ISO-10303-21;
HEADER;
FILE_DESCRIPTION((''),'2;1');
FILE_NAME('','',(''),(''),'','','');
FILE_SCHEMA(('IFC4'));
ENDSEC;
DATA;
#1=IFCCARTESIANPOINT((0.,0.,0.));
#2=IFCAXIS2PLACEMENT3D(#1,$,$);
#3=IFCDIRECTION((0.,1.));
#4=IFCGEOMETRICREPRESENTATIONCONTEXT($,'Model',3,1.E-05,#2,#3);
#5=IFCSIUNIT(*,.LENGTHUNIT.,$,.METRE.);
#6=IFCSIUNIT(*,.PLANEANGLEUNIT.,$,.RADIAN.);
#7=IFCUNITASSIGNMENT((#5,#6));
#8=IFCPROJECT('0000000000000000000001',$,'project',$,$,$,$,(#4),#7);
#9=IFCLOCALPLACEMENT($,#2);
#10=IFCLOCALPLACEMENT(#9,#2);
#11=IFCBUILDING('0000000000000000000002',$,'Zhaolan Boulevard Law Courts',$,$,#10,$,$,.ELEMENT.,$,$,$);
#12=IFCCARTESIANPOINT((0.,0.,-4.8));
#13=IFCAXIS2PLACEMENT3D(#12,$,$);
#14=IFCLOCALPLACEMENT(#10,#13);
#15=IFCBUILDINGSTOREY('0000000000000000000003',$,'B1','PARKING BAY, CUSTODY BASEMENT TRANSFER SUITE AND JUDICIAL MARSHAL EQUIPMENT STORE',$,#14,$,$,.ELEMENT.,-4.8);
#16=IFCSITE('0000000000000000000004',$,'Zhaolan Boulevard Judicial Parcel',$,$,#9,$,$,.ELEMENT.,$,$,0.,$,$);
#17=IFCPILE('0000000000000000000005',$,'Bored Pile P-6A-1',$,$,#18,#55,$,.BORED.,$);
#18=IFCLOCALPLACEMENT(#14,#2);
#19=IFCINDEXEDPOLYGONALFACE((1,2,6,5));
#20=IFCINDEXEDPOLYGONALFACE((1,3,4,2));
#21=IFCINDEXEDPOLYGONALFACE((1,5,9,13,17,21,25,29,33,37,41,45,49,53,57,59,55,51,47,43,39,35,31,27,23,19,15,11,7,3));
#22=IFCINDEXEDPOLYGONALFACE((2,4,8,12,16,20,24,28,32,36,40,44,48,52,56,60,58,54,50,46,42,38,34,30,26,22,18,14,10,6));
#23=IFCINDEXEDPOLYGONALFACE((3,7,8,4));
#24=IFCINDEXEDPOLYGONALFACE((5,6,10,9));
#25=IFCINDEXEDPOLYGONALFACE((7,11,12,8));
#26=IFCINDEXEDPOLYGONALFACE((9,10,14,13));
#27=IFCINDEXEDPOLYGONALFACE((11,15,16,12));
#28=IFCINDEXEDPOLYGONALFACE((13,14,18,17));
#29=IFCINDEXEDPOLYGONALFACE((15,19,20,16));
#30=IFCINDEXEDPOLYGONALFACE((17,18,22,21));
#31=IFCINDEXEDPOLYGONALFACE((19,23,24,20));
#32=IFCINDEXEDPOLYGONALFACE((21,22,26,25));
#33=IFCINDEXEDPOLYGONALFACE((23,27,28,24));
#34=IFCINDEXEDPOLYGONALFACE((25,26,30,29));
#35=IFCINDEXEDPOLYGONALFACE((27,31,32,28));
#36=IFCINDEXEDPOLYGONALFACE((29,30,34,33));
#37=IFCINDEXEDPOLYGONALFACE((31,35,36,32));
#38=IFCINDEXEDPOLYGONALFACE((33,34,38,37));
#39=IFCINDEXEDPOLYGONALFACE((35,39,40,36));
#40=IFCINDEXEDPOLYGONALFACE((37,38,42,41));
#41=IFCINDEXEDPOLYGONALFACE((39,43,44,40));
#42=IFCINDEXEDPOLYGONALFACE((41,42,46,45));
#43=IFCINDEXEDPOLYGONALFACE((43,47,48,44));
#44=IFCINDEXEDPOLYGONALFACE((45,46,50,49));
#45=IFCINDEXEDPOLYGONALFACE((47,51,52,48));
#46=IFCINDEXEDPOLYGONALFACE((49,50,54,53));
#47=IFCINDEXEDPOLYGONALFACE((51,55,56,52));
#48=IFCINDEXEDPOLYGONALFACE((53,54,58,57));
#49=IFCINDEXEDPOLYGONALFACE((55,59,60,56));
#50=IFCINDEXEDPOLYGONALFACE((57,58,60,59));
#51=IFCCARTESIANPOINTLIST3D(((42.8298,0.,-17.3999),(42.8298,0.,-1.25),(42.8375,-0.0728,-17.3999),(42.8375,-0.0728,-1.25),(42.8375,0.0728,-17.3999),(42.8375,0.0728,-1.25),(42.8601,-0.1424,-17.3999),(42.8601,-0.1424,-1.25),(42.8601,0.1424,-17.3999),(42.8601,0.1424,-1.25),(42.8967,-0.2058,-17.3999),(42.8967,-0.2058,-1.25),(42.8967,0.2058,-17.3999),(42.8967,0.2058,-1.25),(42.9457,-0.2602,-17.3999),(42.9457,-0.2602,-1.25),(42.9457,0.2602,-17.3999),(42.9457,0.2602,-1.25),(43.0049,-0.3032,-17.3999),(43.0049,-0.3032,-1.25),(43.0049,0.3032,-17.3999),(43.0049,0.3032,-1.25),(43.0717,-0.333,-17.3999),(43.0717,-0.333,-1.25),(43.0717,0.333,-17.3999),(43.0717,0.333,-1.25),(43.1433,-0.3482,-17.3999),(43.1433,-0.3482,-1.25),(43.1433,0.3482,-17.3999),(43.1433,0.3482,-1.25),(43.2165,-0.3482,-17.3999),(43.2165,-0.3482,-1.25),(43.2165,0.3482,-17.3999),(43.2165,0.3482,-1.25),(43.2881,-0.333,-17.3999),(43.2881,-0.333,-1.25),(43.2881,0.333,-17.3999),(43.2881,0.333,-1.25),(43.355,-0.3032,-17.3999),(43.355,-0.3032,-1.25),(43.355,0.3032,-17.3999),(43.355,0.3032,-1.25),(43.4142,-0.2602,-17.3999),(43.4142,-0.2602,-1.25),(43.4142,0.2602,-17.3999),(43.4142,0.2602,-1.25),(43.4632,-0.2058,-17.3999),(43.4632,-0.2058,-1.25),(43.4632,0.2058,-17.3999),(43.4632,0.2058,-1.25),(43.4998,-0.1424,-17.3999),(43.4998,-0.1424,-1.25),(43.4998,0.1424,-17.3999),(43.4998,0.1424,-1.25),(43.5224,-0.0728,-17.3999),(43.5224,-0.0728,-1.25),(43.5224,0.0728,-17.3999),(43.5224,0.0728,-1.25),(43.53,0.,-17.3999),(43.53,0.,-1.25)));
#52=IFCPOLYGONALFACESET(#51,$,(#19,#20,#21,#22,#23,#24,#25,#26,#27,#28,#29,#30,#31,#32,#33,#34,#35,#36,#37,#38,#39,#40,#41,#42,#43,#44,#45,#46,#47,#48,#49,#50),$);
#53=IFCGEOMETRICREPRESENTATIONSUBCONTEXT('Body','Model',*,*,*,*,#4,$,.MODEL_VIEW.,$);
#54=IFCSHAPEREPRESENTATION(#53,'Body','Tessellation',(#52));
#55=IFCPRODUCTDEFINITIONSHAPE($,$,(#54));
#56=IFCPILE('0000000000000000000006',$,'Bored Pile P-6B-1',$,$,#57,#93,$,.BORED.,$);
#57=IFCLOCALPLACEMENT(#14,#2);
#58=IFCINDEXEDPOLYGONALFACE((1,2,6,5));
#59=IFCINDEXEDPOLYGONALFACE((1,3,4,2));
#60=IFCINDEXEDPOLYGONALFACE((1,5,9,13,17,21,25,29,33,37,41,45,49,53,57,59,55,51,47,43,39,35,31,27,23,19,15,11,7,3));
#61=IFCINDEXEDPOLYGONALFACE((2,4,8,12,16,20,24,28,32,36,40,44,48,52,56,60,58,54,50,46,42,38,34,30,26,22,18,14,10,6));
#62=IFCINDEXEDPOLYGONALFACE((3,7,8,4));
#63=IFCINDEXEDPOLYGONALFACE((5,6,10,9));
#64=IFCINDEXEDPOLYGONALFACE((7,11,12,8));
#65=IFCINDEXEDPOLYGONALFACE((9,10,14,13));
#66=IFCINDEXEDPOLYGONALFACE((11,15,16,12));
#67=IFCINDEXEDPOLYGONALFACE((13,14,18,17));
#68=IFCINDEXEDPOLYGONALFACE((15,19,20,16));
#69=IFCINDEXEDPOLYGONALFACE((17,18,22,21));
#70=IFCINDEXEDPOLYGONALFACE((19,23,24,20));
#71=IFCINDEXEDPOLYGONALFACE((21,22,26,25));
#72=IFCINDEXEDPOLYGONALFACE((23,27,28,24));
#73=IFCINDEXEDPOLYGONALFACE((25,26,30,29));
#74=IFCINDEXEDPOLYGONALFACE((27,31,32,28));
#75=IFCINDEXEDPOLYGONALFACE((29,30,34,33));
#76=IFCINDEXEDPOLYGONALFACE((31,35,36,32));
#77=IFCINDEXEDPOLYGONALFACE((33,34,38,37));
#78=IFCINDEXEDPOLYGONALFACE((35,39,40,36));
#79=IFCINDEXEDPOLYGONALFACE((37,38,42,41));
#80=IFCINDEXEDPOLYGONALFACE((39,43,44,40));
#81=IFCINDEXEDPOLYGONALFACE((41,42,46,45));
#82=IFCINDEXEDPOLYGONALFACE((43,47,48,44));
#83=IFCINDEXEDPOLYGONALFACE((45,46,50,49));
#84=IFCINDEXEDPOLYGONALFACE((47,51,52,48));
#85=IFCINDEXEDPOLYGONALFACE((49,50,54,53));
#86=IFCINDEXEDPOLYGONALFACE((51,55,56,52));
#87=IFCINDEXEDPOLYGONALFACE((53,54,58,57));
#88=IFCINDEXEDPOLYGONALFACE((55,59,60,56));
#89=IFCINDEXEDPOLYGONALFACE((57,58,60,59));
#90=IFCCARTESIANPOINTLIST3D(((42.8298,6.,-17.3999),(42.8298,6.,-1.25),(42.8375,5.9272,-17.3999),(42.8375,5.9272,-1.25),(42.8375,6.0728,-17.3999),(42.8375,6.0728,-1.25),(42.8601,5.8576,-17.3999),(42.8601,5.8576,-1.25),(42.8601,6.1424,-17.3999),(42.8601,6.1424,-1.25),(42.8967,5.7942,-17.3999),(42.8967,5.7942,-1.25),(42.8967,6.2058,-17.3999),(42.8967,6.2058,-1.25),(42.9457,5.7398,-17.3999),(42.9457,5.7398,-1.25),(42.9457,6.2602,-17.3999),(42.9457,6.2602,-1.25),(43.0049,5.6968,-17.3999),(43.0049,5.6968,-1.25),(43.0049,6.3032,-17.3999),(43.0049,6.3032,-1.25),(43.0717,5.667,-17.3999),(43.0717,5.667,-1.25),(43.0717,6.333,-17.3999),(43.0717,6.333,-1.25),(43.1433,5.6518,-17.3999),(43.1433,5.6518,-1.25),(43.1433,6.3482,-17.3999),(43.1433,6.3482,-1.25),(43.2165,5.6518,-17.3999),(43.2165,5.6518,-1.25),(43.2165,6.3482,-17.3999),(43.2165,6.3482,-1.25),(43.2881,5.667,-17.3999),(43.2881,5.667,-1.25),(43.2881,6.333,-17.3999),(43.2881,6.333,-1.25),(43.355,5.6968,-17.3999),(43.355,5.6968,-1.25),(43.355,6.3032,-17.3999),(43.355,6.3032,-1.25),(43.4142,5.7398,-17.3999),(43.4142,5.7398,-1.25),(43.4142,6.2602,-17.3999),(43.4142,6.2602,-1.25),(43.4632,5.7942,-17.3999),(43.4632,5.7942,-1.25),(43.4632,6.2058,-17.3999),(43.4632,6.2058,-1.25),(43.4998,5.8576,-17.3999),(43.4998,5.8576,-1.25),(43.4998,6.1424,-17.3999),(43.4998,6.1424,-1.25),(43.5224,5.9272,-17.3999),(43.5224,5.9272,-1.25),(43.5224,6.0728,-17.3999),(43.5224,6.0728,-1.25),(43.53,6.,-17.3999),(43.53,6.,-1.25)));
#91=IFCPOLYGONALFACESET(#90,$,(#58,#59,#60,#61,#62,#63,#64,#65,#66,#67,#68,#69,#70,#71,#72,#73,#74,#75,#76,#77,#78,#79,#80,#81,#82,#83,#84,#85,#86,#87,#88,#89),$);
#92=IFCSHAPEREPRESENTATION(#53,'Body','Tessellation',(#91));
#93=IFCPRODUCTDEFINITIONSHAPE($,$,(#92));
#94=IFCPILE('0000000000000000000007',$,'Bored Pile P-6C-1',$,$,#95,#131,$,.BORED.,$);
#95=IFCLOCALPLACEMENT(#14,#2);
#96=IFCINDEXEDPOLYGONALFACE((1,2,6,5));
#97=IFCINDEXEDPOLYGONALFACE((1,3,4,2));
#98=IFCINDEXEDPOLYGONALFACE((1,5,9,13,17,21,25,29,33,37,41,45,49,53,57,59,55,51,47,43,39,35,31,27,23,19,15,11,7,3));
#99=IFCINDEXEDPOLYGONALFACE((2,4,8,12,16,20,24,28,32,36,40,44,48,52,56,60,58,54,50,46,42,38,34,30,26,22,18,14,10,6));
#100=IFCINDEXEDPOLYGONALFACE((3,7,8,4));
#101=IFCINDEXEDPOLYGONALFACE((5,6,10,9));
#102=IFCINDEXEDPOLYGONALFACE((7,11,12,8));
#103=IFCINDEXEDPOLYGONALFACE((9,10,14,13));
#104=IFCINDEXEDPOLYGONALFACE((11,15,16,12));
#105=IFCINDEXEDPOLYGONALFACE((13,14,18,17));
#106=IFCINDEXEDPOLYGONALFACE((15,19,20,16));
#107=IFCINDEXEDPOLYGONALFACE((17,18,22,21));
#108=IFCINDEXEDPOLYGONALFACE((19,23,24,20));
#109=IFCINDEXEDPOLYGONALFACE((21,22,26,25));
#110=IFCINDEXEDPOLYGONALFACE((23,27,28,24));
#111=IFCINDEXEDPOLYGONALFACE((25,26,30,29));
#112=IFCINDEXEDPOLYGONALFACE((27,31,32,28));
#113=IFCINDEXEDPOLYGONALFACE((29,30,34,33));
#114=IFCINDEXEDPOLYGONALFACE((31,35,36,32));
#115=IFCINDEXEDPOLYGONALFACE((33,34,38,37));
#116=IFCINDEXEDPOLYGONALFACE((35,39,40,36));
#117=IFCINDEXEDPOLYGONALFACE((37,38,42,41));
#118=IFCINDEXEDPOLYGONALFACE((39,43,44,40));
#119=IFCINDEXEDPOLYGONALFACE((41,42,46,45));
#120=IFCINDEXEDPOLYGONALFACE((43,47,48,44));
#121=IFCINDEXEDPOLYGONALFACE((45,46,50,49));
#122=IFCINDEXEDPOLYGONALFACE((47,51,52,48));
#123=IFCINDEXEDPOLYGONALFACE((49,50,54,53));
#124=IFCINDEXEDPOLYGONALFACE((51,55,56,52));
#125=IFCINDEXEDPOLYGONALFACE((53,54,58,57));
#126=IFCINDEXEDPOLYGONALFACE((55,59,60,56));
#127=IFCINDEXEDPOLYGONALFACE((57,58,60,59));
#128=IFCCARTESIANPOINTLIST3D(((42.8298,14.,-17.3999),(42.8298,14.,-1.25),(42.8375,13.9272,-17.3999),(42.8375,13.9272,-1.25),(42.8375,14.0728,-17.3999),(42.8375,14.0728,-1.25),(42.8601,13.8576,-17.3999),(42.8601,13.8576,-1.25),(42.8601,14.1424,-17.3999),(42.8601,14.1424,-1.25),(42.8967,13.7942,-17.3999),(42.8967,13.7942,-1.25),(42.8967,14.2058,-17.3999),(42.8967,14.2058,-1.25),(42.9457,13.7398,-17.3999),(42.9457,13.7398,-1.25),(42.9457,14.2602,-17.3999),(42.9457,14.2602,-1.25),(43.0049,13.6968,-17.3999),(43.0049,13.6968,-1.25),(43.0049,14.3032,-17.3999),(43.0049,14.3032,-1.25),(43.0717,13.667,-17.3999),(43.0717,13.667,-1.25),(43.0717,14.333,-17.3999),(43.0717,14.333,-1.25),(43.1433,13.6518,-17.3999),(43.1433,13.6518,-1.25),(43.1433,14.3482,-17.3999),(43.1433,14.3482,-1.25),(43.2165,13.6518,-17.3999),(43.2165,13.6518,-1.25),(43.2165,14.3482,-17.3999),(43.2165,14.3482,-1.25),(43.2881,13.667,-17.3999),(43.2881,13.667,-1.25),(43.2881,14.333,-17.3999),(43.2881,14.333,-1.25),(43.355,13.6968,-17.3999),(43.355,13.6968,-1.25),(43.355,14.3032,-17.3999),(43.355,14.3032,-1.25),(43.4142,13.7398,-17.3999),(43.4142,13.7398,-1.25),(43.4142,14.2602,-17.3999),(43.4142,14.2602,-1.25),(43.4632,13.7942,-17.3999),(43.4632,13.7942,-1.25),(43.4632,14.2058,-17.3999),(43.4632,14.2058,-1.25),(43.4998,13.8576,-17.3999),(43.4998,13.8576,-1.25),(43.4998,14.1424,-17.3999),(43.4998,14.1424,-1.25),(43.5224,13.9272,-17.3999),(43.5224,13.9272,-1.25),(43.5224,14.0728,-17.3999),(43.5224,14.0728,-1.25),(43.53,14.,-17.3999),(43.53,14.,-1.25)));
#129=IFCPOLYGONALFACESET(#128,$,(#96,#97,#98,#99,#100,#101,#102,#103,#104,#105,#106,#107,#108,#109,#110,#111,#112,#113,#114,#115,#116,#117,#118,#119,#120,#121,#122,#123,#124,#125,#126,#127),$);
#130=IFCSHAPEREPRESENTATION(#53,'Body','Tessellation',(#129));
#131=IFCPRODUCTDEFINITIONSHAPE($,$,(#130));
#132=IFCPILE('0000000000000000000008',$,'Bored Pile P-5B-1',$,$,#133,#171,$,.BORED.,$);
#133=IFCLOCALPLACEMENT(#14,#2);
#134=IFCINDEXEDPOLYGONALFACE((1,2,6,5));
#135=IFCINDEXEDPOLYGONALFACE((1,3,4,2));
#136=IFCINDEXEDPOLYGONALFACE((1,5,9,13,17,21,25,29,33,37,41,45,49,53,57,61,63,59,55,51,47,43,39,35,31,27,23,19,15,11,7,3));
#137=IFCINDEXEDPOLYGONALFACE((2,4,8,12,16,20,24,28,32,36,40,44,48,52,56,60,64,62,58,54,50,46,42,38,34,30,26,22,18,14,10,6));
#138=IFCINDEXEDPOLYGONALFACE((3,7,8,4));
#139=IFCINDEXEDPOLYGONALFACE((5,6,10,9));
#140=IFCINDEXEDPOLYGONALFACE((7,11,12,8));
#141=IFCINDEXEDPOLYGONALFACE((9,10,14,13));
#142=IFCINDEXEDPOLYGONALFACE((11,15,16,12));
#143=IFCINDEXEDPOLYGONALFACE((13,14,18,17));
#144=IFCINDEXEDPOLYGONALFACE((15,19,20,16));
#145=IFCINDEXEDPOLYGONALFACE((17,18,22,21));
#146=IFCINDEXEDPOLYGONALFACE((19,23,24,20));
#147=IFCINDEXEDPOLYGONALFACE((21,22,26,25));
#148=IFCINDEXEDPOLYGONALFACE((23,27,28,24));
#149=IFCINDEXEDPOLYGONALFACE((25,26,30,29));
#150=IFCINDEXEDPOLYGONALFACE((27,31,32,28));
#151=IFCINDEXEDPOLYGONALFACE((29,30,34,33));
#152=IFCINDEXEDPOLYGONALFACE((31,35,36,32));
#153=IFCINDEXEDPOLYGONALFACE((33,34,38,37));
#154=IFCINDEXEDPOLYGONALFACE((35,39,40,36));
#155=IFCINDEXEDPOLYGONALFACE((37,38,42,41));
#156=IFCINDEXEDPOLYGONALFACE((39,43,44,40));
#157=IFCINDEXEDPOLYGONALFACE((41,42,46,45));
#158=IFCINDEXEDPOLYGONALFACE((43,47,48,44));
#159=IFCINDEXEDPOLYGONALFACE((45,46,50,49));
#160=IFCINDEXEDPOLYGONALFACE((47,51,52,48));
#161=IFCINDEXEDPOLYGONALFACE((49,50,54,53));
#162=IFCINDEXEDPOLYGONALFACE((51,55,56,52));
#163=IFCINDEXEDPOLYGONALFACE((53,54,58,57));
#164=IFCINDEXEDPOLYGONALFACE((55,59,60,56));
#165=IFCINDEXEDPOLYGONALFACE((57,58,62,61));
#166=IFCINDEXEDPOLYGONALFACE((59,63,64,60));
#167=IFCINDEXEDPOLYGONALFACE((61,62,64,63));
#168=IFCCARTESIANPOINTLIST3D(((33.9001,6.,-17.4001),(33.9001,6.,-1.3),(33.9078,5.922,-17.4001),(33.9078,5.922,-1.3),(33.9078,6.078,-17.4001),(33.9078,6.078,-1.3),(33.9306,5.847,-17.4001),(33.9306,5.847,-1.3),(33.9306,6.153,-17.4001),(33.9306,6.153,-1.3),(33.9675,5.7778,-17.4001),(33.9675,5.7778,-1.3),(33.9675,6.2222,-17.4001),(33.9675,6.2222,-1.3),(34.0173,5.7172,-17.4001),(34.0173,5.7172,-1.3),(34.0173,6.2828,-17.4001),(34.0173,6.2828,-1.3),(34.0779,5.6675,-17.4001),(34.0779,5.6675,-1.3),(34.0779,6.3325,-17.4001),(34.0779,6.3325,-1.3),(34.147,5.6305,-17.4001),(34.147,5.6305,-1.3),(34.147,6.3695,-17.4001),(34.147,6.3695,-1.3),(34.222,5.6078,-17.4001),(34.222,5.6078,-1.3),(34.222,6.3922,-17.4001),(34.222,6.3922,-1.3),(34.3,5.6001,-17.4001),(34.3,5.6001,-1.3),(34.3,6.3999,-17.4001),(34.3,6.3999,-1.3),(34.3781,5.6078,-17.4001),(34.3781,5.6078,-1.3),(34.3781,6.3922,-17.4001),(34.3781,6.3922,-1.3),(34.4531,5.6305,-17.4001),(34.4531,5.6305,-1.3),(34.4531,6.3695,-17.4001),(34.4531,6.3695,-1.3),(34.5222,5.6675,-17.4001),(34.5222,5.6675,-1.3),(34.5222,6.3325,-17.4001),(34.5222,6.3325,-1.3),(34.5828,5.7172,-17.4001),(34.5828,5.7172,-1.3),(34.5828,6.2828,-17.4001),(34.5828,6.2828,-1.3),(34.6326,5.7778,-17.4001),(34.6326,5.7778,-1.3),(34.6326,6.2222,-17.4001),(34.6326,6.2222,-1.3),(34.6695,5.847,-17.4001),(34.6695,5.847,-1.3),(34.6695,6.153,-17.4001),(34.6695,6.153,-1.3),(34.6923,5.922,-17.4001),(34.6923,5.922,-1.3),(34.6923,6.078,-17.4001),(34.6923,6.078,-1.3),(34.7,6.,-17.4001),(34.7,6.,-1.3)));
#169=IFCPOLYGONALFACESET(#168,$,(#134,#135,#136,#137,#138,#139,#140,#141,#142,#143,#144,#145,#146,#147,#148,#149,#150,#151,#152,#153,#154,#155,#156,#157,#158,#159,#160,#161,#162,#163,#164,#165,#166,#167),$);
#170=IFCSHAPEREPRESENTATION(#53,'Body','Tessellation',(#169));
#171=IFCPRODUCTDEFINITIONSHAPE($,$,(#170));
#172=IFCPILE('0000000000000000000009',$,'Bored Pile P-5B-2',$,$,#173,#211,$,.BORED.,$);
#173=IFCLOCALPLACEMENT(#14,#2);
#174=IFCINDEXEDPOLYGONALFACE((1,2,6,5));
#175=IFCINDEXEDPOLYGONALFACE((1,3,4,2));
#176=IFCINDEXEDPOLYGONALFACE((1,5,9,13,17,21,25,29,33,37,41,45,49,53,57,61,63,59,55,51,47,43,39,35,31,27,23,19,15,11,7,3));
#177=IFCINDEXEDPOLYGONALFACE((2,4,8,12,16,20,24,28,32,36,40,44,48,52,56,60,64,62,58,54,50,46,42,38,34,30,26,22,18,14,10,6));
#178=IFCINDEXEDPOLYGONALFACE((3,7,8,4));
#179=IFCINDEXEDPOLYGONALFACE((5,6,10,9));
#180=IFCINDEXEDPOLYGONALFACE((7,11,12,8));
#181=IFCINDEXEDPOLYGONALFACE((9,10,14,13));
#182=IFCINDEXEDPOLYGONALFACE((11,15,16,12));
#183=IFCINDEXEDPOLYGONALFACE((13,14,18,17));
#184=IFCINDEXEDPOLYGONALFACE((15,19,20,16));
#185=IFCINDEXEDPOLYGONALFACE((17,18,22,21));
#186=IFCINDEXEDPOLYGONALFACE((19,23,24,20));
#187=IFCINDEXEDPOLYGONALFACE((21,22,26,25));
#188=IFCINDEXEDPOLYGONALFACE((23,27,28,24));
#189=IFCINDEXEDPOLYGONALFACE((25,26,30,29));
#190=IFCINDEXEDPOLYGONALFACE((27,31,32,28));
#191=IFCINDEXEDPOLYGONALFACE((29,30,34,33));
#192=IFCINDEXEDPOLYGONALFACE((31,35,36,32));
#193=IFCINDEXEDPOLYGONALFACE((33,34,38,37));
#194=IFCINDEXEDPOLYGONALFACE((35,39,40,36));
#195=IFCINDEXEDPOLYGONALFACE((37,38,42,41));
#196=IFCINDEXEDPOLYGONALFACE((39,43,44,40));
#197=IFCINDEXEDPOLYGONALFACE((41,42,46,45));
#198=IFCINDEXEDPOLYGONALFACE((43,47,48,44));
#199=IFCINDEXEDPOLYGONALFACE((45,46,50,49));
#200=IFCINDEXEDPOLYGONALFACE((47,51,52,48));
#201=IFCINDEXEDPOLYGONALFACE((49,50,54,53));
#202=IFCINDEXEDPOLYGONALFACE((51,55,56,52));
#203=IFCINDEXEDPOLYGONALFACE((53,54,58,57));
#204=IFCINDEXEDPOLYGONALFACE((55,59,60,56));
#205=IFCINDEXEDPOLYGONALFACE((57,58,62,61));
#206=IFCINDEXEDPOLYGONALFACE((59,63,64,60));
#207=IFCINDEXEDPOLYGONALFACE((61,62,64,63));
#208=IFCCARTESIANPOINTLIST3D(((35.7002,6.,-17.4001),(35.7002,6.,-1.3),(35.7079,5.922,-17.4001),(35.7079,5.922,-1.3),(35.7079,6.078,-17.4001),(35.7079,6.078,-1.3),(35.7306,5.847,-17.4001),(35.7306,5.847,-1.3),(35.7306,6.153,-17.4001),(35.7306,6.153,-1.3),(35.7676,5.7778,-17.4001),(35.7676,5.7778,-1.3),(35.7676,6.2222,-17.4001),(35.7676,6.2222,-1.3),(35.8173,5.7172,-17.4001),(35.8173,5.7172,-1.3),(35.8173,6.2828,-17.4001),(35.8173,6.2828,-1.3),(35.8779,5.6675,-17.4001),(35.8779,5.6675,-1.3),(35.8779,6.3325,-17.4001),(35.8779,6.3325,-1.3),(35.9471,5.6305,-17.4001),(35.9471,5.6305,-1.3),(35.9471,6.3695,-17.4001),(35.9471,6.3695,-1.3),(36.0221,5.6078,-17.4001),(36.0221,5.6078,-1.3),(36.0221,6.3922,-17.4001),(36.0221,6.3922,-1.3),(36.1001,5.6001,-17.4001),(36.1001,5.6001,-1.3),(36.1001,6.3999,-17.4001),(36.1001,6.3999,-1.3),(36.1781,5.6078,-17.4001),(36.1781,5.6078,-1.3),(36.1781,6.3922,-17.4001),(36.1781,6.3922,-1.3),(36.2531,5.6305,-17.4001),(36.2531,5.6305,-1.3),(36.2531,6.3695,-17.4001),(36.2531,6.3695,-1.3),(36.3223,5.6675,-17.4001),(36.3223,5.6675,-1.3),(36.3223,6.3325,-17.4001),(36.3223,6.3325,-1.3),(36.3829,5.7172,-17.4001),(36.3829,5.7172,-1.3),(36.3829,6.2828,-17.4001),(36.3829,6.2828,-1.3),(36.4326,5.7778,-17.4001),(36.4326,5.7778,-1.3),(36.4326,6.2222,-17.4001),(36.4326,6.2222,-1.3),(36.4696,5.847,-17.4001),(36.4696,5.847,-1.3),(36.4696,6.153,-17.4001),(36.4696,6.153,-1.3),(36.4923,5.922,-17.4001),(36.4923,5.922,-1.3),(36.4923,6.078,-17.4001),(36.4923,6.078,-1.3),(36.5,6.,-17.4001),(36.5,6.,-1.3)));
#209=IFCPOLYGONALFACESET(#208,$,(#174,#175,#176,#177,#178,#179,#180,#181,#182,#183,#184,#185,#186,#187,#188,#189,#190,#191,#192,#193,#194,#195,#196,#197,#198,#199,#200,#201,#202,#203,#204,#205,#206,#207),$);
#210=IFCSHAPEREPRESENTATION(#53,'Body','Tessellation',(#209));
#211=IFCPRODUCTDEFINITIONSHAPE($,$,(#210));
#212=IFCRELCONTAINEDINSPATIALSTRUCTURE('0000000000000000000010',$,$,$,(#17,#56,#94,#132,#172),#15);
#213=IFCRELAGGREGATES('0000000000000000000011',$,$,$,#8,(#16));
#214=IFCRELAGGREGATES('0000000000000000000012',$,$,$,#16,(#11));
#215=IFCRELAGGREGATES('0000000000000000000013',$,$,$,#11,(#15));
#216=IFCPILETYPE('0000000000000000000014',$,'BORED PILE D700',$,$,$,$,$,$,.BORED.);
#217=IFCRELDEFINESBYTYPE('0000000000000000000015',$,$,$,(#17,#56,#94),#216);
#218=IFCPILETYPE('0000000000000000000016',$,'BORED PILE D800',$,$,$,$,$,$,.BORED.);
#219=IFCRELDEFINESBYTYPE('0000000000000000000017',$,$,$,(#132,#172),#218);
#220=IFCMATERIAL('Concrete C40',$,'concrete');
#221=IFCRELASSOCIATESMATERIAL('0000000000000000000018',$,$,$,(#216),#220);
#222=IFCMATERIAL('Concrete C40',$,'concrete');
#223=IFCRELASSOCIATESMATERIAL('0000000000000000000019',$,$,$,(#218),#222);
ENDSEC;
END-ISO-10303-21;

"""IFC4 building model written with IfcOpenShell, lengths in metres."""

from ifc_helpers import new_model, si_unit, direction, frame, origin, origin_2d, place, context, subcontext, project, spatial, circle, extrude, material, material_profile, profile_set, type_object, element, save


model = new_model("IFC4")

# Units and contexts
model_context = context("Model", 3, precision=1e-05, world=origin(), true_north=direction((0.0, 1.0)))
body_context = subcontext(model_context, "Body", "Model", "MODEL_VIEW")
ifc_project = project(units=[si_unit("LENGTHUNIT", "METRE"), si_unit("PLANEANGLEUNIT", "RADIAN")], contexts=[model_context])

# Site, building, storey
site_placement = place(None, origin())
site = spatial("IfcSite", under=ifc_project, at=site_placement, Name="Zhaolan Boulevard Judicial Parcel", CompositionType="ELEMENT", RefElevation=0.0)
building_placement = place(site_placement, origin())
building = spatial("IfcBuilding", under=site, at=building_placement, Name="Zhaolan Boulevard Law Courts", CompositionType="ELEMENT")
storey_placement = place(building_placement, frame((0.0, 0.0, -4.8)))
storey = spatial("IfcBuildingStorey", under=building, at=storey_placement, Name="B1", Description="PARKING BAY, CUSTODY BASEMENT TRANSFER SUITE AND JUDICIAL MARSHAL EQUIPMENT STORE", CompositionType="ELEMENT", Elevation=-4.8)

# Piles
ifc_material_1 = material(Name="Concrete C40", Category="concrete")
ifc_material_profile_1 = material_profile(ifc_material_1, circle(Radius=0.3501, at=origin_2d()), Name="PILE-D700")
ifc_profile_set_1 = profile_set([ifc_material_profile_1], Name="Concrete C40")
pile_type_1 = type_object("IfcPileType", Name="BORED PILE D700", PredefinedType="BORED", material=ifc_profile_set_1)
for number, where, z_axis, x_axis, name in (
    (1, (43.1799, 0.0, -1.25), (0.0, 0.0, -1.0), (1.0, 0.0, 0.0), "Bored Pile P-6A-1"),
    (2, (43.1799, 6.0, -1.25), (0.0, 0.0, -1.0), (1.0, 0.0, 0.0), "Bored Pile P-6B-1"),
    (3, (43.1799, 14.0, -1.25), (0.0, 0.0, -1.0), (1.0, 0.0, 0.0), "Bored Pile P-6C-1"),
):
    element("IfcPile", number, at=place(storey_placement, frame(where, z_axis=z_axis, x_axis=x_axis)), inside=storey, type_object=pile_type_1, Name=name, PredefinedType="BORED", context=body_context, shape_type="SweptSolid", body=[
        extrude(circle(Radius=0.3501, at=origin_2d()), origin(), (0.0, 0.0, 1.0), 16.1499),
    ])
ifc_material_2 = material(Name="Concrete C40", Category="concrete")
ifc_material_profile_2 = material_profile(ifc_material_2, circle(Radius=0.3999, at=origin_2d()), Name="PILE-D800")
ifc_profile_set_2 = profile_set([ifc_material_profile_2], Name="Concrete C40")
pile_type_2 = type_object("IfcPileType", Name="BORED PILE D800", PredefinedType="BORED", material=ifc_profile_set_2)
for number, where, z_axis, x_axis, name in (
    (4, (34.3, 6.0, -1.3), (0.0, 0.0, -1.0), (1.0, 0.0, 0.0), "Bored Pile P-5B-1"),
    (5, (36.1001, 6.0, -1.3), (0.0, 0.0, -1.0), (1.0, 0.0, 0.0), "Bored Pile P-5B-2"),
):
    element("IfcPile", number, at=place(storey_placement, frame(where, z_axis=z_axis, x_axis=x_axis)), inside=storey, type_object=pile_type_2, Name=name, PredefinedType="BORED", context=body_context, shape_type="SweptSolid", body=[
        extrude(circle(Radius=0.3999, at=origin_2d()), origin(), (0.0, 0.0, 1.0), 16.1001),
    ])

save(model, "model.ifc")
